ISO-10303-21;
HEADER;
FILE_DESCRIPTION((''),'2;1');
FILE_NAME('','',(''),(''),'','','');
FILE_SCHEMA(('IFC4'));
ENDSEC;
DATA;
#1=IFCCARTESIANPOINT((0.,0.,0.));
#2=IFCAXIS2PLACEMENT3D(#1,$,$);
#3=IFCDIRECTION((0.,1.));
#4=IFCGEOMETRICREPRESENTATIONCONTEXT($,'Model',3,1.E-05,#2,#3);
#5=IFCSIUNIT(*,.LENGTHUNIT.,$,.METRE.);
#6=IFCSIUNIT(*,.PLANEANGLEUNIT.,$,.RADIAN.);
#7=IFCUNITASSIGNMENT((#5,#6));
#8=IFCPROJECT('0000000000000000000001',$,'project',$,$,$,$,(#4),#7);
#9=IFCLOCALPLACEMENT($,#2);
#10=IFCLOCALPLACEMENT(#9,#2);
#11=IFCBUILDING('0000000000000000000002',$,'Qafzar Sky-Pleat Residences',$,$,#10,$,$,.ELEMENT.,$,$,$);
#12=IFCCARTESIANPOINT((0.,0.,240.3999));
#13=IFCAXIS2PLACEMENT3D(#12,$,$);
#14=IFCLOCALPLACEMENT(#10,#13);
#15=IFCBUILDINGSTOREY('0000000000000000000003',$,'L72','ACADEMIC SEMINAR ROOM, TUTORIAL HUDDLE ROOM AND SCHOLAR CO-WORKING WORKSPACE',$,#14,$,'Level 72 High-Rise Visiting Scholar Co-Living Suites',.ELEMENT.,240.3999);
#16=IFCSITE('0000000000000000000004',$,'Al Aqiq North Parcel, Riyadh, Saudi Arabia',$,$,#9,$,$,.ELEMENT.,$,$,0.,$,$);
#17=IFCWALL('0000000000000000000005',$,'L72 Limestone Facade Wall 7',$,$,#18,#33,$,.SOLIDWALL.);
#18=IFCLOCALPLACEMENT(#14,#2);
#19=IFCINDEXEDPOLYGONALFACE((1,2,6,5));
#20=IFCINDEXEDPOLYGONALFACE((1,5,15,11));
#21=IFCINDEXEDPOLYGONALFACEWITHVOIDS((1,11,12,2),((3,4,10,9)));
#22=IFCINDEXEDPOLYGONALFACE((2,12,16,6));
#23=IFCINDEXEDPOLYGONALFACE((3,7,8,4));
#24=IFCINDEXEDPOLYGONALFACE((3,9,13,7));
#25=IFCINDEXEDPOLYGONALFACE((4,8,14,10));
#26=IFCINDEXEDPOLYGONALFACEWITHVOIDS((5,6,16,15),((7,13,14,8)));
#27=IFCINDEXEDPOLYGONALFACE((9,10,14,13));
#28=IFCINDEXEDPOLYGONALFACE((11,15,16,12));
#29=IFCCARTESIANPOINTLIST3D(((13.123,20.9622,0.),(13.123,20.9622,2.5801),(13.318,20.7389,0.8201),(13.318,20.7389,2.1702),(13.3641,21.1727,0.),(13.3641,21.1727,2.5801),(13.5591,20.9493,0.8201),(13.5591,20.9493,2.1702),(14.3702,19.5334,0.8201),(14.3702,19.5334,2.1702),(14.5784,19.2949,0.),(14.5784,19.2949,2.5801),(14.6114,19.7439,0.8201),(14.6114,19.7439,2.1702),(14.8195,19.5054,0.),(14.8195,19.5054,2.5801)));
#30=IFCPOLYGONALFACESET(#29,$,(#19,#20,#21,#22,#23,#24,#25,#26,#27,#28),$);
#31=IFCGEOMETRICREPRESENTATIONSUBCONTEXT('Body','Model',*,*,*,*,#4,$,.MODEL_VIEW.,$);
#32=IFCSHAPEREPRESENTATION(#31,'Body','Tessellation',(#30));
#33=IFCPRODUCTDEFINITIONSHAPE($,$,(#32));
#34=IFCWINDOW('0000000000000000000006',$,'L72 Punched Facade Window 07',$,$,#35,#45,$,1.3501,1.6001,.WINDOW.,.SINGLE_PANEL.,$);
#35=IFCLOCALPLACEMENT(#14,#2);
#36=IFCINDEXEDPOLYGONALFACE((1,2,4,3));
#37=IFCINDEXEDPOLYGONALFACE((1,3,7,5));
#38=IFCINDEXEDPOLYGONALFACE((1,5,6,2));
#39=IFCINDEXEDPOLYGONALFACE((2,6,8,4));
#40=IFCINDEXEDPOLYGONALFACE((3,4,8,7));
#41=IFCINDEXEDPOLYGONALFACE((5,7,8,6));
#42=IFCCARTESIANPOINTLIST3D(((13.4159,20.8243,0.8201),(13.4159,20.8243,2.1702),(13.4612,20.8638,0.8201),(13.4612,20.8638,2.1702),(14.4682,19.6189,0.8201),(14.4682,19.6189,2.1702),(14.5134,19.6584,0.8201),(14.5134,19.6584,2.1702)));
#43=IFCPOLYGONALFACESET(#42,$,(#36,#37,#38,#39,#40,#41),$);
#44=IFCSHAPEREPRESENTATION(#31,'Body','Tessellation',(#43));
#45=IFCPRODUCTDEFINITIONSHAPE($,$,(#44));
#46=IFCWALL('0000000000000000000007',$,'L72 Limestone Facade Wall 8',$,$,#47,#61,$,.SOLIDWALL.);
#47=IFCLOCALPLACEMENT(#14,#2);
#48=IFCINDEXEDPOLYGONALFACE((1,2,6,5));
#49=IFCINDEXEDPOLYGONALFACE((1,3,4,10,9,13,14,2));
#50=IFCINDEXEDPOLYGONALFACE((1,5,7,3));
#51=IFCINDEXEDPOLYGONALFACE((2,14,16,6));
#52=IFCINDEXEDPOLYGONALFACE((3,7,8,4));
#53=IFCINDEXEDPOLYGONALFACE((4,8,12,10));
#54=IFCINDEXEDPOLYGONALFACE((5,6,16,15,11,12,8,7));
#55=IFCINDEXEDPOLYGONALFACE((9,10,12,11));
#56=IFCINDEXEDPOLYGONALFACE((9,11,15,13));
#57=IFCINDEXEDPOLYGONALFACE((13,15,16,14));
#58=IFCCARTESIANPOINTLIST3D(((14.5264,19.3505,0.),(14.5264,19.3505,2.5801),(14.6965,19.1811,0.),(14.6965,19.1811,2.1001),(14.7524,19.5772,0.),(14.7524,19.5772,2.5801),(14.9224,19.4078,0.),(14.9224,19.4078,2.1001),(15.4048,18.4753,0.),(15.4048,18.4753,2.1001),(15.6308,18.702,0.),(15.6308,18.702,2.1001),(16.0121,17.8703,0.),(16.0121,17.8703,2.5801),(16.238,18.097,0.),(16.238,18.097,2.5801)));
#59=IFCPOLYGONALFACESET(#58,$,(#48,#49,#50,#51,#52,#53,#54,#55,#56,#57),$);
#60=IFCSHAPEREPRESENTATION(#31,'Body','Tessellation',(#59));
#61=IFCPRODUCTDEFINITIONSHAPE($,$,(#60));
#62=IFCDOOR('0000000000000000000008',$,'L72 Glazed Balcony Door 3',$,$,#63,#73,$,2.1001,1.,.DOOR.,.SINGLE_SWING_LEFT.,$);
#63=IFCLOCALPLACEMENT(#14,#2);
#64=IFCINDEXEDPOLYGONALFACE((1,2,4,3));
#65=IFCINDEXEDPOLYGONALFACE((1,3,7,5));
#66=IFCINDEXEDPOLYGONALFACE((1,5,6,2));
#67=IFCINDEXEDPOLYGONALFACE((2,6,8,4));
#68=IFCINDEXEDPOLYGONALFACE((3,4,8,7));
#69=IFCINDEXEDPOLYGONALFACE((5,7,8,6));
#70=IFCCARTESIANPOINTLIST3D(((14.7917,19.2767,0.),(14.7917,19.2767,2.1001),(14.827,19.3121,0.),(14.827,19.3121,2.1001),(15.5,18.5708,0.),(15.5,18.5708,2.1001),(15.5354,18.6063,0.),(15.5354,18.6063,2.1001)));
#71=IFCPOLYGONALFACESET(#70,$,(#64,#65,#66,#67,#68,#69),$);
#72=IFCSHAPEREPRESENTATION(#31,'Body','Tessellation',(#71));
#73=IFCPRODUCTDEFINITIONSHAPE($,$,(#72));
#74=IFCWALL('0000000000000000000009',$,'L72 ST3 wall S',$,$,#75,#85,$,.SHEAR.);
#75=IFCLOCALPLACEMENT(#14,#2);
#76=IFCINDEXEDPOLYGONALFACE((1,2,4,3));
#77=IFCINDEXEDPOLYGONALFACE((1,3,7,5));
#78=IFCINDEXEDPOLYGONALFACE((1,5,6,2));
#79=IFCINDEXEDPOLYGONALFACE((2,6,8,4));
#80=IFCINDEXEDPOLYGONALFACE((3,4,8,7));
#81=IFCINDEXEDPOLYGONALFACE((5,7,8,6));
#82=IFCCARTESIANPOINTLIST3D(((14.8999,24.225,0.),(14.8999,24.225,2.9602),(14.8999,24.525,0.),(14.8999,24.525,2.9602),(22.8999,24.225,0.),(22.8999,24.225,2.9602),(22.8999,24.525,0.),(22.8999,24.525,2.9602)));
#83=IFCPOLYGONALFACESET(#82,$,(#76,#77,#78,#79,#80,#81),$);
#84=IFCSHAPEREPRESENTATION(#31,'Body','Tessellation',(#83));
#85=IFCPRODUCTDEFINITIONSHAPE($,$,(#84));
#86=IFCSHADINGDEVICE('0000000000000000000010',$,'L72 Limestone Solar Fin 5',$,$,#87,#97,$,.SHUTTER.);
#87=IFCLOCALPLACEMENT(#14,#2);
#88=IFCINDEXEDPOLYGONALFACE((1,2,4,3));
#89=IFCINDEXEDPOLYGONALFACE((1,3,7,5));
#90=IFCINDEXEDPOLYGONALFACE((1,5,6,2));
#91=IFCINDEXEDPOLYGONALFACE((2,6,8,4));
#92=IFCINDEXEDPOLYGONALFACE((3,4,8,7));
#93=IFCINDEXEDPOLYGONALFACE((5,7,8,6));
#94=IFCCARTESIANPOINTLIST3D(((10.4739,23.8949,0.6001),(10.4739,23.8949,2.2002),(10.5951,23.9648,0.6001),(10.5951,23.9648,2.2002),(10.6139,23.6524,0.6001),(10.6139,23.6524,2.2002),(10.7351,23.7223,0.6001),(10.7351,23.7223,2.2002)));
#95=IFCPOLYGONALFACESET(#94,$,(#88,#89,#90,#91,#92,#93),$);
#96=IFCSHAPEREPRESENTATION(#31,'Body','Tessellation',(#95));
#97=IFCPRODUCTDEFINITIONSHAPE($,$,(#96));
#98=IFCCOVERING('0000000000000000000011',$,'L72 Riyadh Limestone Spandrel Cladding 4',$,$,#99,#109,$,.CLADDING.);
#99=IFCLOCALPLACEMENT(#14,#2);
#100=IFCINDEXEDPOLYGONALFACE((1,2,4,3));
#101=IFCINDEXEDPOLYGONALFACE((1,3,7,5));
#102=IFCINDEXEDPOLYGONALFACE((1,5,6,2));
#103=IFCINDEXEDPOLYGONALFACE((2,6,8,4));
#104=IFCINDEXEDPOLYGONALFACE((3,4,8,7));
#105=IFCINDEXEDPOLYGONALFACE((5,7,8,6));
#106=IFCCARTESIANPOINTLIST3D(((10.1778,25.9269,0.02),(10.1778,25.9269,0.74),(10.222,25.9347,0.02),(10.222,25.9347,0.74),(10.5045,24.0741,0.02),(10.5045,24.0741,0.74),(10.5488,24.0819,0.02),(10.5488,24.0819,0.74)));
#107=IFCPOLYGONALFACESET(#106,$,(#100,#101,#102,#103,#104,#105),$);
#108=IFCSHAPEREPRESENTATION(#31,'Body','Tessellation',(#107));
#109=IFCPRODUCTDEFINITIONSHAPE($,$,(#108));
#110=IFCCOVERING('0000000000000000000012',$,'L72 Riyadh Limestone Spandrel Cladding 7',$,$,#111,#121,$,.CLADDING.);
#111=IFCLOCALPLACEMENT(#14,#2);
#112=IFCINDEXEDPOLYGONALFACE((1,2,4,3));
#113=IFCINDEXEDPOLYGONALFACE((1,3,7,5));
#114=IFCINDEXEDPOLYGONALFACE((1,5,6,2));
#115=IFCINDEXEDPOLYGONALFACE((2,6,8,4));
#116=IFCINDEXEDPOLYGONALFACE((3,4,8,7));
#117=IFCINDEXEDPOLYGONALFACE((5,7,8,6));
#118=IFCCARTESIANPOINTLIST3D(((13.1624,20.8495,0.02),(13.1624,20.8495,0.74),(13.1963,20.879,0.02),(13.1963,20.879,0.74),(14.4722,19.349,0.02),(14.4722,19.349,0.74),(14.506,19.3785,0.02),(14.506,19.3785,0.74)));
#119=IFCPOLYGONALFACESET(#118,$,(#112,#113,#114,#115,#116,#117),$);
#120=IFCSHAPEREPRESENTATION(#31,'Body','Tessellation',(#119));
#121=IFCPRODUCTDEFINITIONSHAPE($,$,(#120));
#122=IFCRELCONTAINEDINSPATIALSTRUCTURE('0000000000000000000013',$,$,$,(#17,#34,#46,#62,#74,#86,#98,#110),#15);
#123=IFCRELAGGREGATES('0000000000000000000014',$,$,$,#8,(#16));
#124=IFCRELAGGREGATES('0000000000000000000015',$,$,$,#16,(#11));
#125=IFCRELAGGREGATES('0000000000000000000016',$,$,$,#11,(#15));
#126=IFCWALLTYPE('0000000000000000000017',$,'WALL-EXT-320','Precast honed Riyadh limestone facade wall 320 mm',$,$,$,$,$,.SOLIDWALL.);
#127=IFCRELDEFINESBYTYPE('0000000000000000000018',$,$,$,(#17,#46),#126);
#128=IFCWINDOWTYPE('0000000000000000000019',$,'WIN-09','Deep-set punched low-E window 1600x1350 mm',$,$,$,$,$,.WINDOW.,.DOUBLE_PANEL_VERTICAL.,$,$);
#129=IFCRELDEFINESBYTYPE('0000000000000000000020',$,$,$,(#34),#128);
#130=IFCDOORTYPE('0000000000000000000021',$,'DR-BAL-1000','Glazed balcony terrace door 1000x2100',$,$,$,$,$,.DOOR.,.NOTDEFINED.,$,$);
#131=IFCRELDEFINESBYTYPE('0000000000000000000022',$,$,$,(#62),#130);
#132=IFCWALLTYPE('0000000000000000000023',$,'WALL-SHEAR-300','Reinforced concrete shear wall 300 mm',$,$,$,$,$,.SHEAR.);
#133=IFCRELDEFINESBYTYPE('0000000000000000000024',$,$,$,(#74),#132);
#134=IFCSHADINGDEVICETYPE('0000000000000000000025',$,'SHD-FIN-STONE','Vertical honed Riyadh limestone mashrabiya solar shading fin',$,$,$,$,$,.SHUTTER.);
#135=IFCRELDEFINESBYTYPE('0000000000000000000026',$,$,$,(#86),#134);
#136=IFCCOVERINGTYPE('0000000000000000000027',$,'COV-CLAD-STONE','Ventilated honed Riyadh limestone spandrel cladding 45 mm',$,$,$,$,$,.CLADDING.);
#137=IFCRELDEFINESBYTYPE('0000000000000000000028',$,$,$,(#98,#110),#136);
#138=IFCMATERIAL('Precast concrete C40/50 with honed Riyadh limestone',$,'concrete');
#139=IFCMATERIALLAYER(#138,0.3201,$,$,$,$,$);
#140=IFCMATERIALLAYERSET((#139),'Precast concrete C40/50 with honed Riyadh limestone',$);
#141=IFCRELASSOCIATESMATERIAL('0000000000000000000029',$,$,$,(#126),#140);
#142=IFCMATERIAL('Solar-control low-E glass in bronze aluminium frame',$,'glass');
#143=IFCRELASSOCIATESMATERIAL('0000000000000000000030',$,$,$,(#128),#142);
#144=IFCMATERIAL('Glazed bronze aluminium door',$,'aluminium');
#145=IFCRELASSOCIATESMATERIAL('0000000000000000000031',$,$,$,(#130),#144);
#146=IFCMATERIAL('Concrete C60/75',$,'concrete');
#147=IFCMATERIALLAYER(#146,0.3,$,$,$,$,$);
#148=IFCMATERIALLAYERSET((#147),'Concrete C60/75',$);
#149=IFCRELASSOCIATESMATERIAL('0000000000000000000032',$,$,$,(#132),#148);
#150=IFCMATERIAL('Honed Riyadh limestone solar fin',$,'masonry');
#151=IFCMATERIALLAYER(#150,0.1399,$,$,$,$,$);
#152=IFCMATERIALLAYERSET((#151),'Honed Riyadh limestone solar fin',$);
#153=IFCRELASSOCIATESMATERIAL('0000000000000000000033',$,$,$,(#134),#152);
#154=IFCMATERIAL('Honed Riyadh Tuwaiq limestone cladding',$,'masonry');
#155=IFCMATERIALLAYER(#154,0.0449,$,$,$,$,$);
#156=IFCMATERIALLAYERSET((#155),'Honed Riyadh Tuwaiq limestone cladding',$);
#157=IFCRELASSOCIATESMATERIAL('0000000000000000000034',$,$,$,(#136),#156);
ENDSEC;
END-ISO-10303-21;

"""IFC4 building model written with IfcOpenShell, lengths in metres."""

from ifc_helpers import new_model, si_unit, direction, frame, frame_2d, origin, origin_2d, place, context, subcontext, project, spatial, rectangle, extrude, source, transform, mapped, material, layer, layer_set, type_object, element, fill, save


model = new_model("IFC4")

# Units and contexts
model_context = context("Model", 3, precision=1e-05, world=origin(), true_north=direction((0.0, 1.0)))
body_context = subcontext(model_context, "Body", "Model", "MODEL_VIEW")
ifc_project = project(units=[si_unit("LENGTHUNIT", "METRE"), si_unit("PLANEANGLEUNIT", "RADIAN")], contexts=[model_context])

# Site, building, storey
site_placement = place(None, origin())
site = spatial("IfcSite", under=ifc_project, at=site_placement, Name="Al Aqiq North Parcel, Riyadh, Saudi Arabia", CompositionType="ELEMENT", RefElevation=0.0)
building_placement = place(site_placement, origin())
building = spatial("IfcBuilding", under=site, at=building_placement, Name="Qafzar Sky-Pleat Residences", CompositionType="ELEMENT")
storey_placement = place(building_placement, frame((0.0, 0.0, 240.3999)))
storey = spatial("IfcBuildingStorey", under=building, at=storey_placement, Name="L72", Description="ACADEMIC SEMINAR ROOM, TUTORIAL HUDDLE ROOM AND SCHOLAR CO-WORKING WORKSPACE", LongName="Level 72 High-Rise Visiting Scholar Co-Living Suites", CompositionType="ELEMENT", Elevation=240.3999)

# Wall, opening, window
ifc_material_1 = material(Name="Precast concrete C40/50 with honed Riyadh limestone", Category="concrete")
ifc_layer_1 = layer(ifc_material_1, 0.3201)
ifc_layer_set_1 = layer_set([ifc_layer_1], Name="Precast concrete C40/50 with honed Riyadh limestone")
wall_type_1 = type_object("IfcWallType", Name="WALL-EXT-320", Description="Precast honed Riyadh limestone facade wall 320 mm", PredefinedType="SOLIDWALL", material=ifc_layer_set_1)
ifc_material_2 = material(Name="Solar-control low-E glass in bronze aluminium frame", Category="glass")
wall_1_placement = place(storey_placement, frame((13.2437, 21.0674, 0.0), z_axis=(0.0, 0.0, 1.0), x_axis=(0.657606, -0.753362, 0.0)))
wall_1 = element("IfcWall", 1, at=wall_1_placement, inside=storey, type_object=wall_type_1, Name="L72 Limestone Facade Wall 7", PredefinedType="SOLIDWALL", context=body_context, shape_type="SweptSolid", body=[
    extrude(rectangle(XDim=2.2131, YDim=0.3201, at=frame_2d((1.1064, 0.0))), origin(), (0.0, 0.0, 1.0), 2.5801),
])
opening_1_placement = place(wall_1_placement, frame((0.2964, 0.0, 0.8201)))
opening_1 = element("IfcOpeningElement", 2, at=opening_1_placement, cuts=wall_1, PredefinedType="OPENING", context=body_context, shape_type="SweptSolid", body=[
    extrude(rectangle(XDim=1.6001, YDim=1.3501, at=frame_2d((0.8, 0.675))), frame((0.0, 0.1699, 0.0), z_axis=(0.0, -1.0, 0.0), x_axis=(1.0, 0.0, 0.0)), (0.0, 0.0, 1.0), 0.3401),
])
window_type_1 = type_object("IfcWindowType", Name="WIN-09", Description="Deep-set punched low-E window 1600x1350 mm", PartitioningType="DOUBLE_PANEL_VERTICAL", PredefinedType="WINDOW", material=ifc_material_2)
shared_shape_1 = source(origin(), body_context, "Body", "SweptSolid", [
    extrude(rectangle(XDim=1.6001, YDim=1.3501, at=frame_2d((0.8, 0.675))), frame((0.0, 0.03, 0.0), z_axis=(0.0, -1.0, 0.0), x_axis=(1.0, 0.0, 0.0)), (0.0, 0.0, 1.0), 0.0601),
])
window_1_placement = place(opening_1_placement, origin())
window_1 = element("IfcWindow", 3, at=window_1_placement, inside=storey, type_object=window_type_1, Name="L72 Punched Facade Window 07", OverallHeight=1.3501, OverallWidth=1.6001, PartitioningType="SINGLE_PANEL", PredefinedType="WINDOW", context=body_context, shape_type="MappedRepresentation", body=[
    mapped(shared_shape_1, transform((0.0, 0.0, 0.0), x_axis=(1.0, 0.0, 0.0), y_axis=(0.0, 1.0, 0.0), z_axis=(0.0, 0.0, 1.0), scale=1.0)),
])
fill(opening_1, window_1)

# Wall, opening, door
wall_2_placement = place(storey_placement, frame((14.6394, 19.4639, 0.0), z_axis=(0.0, 0.0, 1.0), x_axis=(0.708386, -0.705825, 0.0)))
wall_2 = element("IfcWall", 4, at=wall_2_placement, inside=storey, type_object=wall_type_1, Name="L72 Limestone Facade Wall 8", PredefinedType="SOLIDWALL", context=body_context, shape_type="SweptSolid", body=[
    extrude(rectangle(XDim=2.0972, YDim=0.3201, at=frame_2d((1.0486, 0.0))), origin(), (0.0, 0.0, 1.0), 2.5801),
])
opening_2_placement = place(wall_2_placement, frame((0.24, 0.0, 0.0)))
opening_2 = element("IfcOpeningElement", 5, at=opening_2_placement, cuts=wall_2, PredefinedType="OPENING", context=body_context, shape_type="SweptSolid", body=[
    extrude(rectangle(XDim=1.0, YDim=2.1001, at=frame_2d((0.5, 1.05))), frame((0.0, 0.1699, 0.0), z_axis=(0.0, -1.0, 0.0), x_axis=(1.0, 0.0, 0.0)), (0.0, 0.0, 1.0), 0.3401),
])
ifc_material_3 = material(Name="Glazed bronze aluminium door", Category="aluminium")
door_type = type_object("IfcDoorType", Name="DR-BAL-1000", Description="Glazed balcony terrace door 1000x2100", OperationType="NOTDEFINED", PredefinedType="DOOR", material=ifc_material_3)
shared_shape_2 = source(origin(), body_context, "Body", "SweptSolid", [
    extrude(rectangle(XDim=1.0, YDim=2.1001, at=frame_2d((0.5, 1.05))), frame((0.0, 0.0249, 0.0), z_axis=(0.0, -1.0, 0.0), x_axis=(1.0, 0.0, 0.0)), (0.0, 0.0, 1.0), 0.05),
])
door_placement = place(opening_2_placement, origin())
door = element("IfcDoor", 6, at=door_placement, inside=storey, type_object=door_type, Name="L72 Glazed Balcony Door 3", OperationType="SINGLE_SWING_LEFT", OverallHeight=2.1001, OverallWidth=1.0, PredefinedType="DOOR", context=body_context, shape_type="MappedRepresentation", body=[
    mapped(shared_shape_2, transform((0.0, 0.0, 0.0), x_axis=(1.0, 0.0, 0.0), y_axis=(0.0, 1.0, 0.0), z_axis=(0.0, 0.0, 1.0), scale=1.0)),
])
fill(opening_2, door)

# Wall
ifc_material_4 = material(Name="Concrete C60/75", Category="concrete")
ifc_layer_2 = layer(ifc_material_4, 0.3)
ifc_layer_set_2 = layer_set([ifc_layer_2], Name="Concrete C60/75")
wall_type_2 = type_object("IfcWallType", Name="WALL-SHEAR-300", Description="Reinforced concrete shear wall 300 mm", PredefinedType="SHEAR", material=ifc_layer_set_2)
wall_3_placement = place(storey_placement, frame((14.8999, 24.375, 0.0), z_axis=(0.0, 0.0, 1.0), x_axis=(1.0, 0.0, 0.0)))
element("IfcWall", 7, at=wall_3_placement, inside=storey, type_object=wall_type_2, Name="L72 ST3 wall S", PredefinedType="SHEAR", context=body_context, shape_type="SweptSolid", body=[
    extrude(rectangle(XDim=8.0, YDim=0.3, at=frame_2d((4.0, 0.0))), origin(), (0.0, 0.0, 1.0), 2.9602),
])

# Shading device
ifc_material_5 = material(Name="Honed Riyadh limestone solar fin", Category="masonry")
ifc_layer_3 = layer(ifc_material_5, 0.1399)
ifc_layer_set_3 = layer_set([ifc_layer_3], Name="Honed Riyadh limestone solar fin")
shading_device_type = type_object("IfcShadingDeviceType", Name="SHD-FIN-STONE", Description="Vertical honed Riyadh limestone mashrabiya solar shading fin", PredefinedType="SHUTTER", material=ifc_layer_set_3)
shared_shape_3 = source(origin(), body_context, "Body", "SweptSolid", [
    extrude(rectangle(XDim=0.1399, YDim=0.28, at=origin_2d()), origin(), (0.0, 0.0, 1.0), 1.6001),
])
shading_device_placement = place(storey_placement, frame((10.6045, 23.8086, 0.6001), z_axis=(0.0, 0.0, 1.0), x_axis=(-0.866044, -0.499967, 0.0)))
element("IfcShadingDevice", 8, at=shading_device_placement, inside=storey, type_object=shading_device_type, Name="L72 Limestone Solar Fin 5", PredefinedType="SHUTTER", context=body_context, shape_type="MappedRepresentation", body=[
    mapped(shared_shape_3, transform((0.0, 0.0, 0.0), x_axis=(1.0, 0.0, 0.0), y_axis=(0.0, 1.0, 0.0), z_axis=(0.0, 0.0, 1.0), scale=1.0)),
])

# Covering
ifc_material_6 = material(Name="Honed Riyadh Tuwaiq limestone cladding", Category="masonry")
ifc_layer_4 = layer(ifc_material_6, 0.0449)
ifc_layer_set_4 = layer_set([ifc_layer_4], Name="Honed Riyadh Tuwaiq limestone cladding")
covering_type = type_object("IfcCoveringType", Name="COV-CLAD-STONE", Description="Ventilated honed Riyadh limestone spandrel cladding 45 mm", PredefinedType="CLADDING", material=ifc_layer_set_4)
shared_shape_4 = source(origin(), body_context, "Body", "SweptSolid", [
    extrude(rectangle(XDim=1.8813, YDim=0.0449, at=origin_2d()), origin(), (0.0, 0.0, 1.0), 0.72),
])
covering_1_placement = place(storey_placement, frame((10.3633, 25.0044, 0.02), z_axis=(0.0, 0.0, 1.0), x_axis=(0.173663, -0.984805, 0.0)))
element("IfcCovering", 9, at=covering_1_placement, inside=storey, type_object=covering_type, Name="L72 Riyadh Limestone Spandrel Cladding 4", PredefinedType="CLADDING", context=body_context, shape_type="MappedRepresentation", body=[
    mapped(shared_shape_4, transform((0.0, 0.0, 0.0), x_axis=(1.0, 0.0, 0.0), y_axis=(0.0, 1.0, 0.0), z_axis=(0.0, 0.0, 1.0), scale=1.0)),
])

# Covering
shared_shape_5 = source(origin(), body_context, "Body", "SweptSolid", [
    extrude(rectangle(XDim=1.9917, YDim=0.0449, at=origin_2d()), origin(), (0.0, 0.0, 1.0), 0.72),
])
covering_2_placement = place(storey_placement, frame((13.8342, 20.114, 0.02), z_axis=(0.0, 0.0, 1.0), x_axis=(0.657605, -0.753363, 0.0)))
element("IfcCovering", 10, at=covering_2_placement, inside=storey, type_object=covering_type, Name="L72 Riyadh Limestone Spandrel Cladding 7", PredefinedType="CLADDING", context=body_context, shape_type="MappedRepresentation", body=[
    mapped(shared_shape_5, transform((0.0, 0.0, 0.0), x_axis=(1.0, 0.0, 0.0), y_axis=(0.0, 1.0, 0.0), z_axis=(0.0, 0.0, 1.0), scale=1.0)),
])

save(model, "model.ifc")
